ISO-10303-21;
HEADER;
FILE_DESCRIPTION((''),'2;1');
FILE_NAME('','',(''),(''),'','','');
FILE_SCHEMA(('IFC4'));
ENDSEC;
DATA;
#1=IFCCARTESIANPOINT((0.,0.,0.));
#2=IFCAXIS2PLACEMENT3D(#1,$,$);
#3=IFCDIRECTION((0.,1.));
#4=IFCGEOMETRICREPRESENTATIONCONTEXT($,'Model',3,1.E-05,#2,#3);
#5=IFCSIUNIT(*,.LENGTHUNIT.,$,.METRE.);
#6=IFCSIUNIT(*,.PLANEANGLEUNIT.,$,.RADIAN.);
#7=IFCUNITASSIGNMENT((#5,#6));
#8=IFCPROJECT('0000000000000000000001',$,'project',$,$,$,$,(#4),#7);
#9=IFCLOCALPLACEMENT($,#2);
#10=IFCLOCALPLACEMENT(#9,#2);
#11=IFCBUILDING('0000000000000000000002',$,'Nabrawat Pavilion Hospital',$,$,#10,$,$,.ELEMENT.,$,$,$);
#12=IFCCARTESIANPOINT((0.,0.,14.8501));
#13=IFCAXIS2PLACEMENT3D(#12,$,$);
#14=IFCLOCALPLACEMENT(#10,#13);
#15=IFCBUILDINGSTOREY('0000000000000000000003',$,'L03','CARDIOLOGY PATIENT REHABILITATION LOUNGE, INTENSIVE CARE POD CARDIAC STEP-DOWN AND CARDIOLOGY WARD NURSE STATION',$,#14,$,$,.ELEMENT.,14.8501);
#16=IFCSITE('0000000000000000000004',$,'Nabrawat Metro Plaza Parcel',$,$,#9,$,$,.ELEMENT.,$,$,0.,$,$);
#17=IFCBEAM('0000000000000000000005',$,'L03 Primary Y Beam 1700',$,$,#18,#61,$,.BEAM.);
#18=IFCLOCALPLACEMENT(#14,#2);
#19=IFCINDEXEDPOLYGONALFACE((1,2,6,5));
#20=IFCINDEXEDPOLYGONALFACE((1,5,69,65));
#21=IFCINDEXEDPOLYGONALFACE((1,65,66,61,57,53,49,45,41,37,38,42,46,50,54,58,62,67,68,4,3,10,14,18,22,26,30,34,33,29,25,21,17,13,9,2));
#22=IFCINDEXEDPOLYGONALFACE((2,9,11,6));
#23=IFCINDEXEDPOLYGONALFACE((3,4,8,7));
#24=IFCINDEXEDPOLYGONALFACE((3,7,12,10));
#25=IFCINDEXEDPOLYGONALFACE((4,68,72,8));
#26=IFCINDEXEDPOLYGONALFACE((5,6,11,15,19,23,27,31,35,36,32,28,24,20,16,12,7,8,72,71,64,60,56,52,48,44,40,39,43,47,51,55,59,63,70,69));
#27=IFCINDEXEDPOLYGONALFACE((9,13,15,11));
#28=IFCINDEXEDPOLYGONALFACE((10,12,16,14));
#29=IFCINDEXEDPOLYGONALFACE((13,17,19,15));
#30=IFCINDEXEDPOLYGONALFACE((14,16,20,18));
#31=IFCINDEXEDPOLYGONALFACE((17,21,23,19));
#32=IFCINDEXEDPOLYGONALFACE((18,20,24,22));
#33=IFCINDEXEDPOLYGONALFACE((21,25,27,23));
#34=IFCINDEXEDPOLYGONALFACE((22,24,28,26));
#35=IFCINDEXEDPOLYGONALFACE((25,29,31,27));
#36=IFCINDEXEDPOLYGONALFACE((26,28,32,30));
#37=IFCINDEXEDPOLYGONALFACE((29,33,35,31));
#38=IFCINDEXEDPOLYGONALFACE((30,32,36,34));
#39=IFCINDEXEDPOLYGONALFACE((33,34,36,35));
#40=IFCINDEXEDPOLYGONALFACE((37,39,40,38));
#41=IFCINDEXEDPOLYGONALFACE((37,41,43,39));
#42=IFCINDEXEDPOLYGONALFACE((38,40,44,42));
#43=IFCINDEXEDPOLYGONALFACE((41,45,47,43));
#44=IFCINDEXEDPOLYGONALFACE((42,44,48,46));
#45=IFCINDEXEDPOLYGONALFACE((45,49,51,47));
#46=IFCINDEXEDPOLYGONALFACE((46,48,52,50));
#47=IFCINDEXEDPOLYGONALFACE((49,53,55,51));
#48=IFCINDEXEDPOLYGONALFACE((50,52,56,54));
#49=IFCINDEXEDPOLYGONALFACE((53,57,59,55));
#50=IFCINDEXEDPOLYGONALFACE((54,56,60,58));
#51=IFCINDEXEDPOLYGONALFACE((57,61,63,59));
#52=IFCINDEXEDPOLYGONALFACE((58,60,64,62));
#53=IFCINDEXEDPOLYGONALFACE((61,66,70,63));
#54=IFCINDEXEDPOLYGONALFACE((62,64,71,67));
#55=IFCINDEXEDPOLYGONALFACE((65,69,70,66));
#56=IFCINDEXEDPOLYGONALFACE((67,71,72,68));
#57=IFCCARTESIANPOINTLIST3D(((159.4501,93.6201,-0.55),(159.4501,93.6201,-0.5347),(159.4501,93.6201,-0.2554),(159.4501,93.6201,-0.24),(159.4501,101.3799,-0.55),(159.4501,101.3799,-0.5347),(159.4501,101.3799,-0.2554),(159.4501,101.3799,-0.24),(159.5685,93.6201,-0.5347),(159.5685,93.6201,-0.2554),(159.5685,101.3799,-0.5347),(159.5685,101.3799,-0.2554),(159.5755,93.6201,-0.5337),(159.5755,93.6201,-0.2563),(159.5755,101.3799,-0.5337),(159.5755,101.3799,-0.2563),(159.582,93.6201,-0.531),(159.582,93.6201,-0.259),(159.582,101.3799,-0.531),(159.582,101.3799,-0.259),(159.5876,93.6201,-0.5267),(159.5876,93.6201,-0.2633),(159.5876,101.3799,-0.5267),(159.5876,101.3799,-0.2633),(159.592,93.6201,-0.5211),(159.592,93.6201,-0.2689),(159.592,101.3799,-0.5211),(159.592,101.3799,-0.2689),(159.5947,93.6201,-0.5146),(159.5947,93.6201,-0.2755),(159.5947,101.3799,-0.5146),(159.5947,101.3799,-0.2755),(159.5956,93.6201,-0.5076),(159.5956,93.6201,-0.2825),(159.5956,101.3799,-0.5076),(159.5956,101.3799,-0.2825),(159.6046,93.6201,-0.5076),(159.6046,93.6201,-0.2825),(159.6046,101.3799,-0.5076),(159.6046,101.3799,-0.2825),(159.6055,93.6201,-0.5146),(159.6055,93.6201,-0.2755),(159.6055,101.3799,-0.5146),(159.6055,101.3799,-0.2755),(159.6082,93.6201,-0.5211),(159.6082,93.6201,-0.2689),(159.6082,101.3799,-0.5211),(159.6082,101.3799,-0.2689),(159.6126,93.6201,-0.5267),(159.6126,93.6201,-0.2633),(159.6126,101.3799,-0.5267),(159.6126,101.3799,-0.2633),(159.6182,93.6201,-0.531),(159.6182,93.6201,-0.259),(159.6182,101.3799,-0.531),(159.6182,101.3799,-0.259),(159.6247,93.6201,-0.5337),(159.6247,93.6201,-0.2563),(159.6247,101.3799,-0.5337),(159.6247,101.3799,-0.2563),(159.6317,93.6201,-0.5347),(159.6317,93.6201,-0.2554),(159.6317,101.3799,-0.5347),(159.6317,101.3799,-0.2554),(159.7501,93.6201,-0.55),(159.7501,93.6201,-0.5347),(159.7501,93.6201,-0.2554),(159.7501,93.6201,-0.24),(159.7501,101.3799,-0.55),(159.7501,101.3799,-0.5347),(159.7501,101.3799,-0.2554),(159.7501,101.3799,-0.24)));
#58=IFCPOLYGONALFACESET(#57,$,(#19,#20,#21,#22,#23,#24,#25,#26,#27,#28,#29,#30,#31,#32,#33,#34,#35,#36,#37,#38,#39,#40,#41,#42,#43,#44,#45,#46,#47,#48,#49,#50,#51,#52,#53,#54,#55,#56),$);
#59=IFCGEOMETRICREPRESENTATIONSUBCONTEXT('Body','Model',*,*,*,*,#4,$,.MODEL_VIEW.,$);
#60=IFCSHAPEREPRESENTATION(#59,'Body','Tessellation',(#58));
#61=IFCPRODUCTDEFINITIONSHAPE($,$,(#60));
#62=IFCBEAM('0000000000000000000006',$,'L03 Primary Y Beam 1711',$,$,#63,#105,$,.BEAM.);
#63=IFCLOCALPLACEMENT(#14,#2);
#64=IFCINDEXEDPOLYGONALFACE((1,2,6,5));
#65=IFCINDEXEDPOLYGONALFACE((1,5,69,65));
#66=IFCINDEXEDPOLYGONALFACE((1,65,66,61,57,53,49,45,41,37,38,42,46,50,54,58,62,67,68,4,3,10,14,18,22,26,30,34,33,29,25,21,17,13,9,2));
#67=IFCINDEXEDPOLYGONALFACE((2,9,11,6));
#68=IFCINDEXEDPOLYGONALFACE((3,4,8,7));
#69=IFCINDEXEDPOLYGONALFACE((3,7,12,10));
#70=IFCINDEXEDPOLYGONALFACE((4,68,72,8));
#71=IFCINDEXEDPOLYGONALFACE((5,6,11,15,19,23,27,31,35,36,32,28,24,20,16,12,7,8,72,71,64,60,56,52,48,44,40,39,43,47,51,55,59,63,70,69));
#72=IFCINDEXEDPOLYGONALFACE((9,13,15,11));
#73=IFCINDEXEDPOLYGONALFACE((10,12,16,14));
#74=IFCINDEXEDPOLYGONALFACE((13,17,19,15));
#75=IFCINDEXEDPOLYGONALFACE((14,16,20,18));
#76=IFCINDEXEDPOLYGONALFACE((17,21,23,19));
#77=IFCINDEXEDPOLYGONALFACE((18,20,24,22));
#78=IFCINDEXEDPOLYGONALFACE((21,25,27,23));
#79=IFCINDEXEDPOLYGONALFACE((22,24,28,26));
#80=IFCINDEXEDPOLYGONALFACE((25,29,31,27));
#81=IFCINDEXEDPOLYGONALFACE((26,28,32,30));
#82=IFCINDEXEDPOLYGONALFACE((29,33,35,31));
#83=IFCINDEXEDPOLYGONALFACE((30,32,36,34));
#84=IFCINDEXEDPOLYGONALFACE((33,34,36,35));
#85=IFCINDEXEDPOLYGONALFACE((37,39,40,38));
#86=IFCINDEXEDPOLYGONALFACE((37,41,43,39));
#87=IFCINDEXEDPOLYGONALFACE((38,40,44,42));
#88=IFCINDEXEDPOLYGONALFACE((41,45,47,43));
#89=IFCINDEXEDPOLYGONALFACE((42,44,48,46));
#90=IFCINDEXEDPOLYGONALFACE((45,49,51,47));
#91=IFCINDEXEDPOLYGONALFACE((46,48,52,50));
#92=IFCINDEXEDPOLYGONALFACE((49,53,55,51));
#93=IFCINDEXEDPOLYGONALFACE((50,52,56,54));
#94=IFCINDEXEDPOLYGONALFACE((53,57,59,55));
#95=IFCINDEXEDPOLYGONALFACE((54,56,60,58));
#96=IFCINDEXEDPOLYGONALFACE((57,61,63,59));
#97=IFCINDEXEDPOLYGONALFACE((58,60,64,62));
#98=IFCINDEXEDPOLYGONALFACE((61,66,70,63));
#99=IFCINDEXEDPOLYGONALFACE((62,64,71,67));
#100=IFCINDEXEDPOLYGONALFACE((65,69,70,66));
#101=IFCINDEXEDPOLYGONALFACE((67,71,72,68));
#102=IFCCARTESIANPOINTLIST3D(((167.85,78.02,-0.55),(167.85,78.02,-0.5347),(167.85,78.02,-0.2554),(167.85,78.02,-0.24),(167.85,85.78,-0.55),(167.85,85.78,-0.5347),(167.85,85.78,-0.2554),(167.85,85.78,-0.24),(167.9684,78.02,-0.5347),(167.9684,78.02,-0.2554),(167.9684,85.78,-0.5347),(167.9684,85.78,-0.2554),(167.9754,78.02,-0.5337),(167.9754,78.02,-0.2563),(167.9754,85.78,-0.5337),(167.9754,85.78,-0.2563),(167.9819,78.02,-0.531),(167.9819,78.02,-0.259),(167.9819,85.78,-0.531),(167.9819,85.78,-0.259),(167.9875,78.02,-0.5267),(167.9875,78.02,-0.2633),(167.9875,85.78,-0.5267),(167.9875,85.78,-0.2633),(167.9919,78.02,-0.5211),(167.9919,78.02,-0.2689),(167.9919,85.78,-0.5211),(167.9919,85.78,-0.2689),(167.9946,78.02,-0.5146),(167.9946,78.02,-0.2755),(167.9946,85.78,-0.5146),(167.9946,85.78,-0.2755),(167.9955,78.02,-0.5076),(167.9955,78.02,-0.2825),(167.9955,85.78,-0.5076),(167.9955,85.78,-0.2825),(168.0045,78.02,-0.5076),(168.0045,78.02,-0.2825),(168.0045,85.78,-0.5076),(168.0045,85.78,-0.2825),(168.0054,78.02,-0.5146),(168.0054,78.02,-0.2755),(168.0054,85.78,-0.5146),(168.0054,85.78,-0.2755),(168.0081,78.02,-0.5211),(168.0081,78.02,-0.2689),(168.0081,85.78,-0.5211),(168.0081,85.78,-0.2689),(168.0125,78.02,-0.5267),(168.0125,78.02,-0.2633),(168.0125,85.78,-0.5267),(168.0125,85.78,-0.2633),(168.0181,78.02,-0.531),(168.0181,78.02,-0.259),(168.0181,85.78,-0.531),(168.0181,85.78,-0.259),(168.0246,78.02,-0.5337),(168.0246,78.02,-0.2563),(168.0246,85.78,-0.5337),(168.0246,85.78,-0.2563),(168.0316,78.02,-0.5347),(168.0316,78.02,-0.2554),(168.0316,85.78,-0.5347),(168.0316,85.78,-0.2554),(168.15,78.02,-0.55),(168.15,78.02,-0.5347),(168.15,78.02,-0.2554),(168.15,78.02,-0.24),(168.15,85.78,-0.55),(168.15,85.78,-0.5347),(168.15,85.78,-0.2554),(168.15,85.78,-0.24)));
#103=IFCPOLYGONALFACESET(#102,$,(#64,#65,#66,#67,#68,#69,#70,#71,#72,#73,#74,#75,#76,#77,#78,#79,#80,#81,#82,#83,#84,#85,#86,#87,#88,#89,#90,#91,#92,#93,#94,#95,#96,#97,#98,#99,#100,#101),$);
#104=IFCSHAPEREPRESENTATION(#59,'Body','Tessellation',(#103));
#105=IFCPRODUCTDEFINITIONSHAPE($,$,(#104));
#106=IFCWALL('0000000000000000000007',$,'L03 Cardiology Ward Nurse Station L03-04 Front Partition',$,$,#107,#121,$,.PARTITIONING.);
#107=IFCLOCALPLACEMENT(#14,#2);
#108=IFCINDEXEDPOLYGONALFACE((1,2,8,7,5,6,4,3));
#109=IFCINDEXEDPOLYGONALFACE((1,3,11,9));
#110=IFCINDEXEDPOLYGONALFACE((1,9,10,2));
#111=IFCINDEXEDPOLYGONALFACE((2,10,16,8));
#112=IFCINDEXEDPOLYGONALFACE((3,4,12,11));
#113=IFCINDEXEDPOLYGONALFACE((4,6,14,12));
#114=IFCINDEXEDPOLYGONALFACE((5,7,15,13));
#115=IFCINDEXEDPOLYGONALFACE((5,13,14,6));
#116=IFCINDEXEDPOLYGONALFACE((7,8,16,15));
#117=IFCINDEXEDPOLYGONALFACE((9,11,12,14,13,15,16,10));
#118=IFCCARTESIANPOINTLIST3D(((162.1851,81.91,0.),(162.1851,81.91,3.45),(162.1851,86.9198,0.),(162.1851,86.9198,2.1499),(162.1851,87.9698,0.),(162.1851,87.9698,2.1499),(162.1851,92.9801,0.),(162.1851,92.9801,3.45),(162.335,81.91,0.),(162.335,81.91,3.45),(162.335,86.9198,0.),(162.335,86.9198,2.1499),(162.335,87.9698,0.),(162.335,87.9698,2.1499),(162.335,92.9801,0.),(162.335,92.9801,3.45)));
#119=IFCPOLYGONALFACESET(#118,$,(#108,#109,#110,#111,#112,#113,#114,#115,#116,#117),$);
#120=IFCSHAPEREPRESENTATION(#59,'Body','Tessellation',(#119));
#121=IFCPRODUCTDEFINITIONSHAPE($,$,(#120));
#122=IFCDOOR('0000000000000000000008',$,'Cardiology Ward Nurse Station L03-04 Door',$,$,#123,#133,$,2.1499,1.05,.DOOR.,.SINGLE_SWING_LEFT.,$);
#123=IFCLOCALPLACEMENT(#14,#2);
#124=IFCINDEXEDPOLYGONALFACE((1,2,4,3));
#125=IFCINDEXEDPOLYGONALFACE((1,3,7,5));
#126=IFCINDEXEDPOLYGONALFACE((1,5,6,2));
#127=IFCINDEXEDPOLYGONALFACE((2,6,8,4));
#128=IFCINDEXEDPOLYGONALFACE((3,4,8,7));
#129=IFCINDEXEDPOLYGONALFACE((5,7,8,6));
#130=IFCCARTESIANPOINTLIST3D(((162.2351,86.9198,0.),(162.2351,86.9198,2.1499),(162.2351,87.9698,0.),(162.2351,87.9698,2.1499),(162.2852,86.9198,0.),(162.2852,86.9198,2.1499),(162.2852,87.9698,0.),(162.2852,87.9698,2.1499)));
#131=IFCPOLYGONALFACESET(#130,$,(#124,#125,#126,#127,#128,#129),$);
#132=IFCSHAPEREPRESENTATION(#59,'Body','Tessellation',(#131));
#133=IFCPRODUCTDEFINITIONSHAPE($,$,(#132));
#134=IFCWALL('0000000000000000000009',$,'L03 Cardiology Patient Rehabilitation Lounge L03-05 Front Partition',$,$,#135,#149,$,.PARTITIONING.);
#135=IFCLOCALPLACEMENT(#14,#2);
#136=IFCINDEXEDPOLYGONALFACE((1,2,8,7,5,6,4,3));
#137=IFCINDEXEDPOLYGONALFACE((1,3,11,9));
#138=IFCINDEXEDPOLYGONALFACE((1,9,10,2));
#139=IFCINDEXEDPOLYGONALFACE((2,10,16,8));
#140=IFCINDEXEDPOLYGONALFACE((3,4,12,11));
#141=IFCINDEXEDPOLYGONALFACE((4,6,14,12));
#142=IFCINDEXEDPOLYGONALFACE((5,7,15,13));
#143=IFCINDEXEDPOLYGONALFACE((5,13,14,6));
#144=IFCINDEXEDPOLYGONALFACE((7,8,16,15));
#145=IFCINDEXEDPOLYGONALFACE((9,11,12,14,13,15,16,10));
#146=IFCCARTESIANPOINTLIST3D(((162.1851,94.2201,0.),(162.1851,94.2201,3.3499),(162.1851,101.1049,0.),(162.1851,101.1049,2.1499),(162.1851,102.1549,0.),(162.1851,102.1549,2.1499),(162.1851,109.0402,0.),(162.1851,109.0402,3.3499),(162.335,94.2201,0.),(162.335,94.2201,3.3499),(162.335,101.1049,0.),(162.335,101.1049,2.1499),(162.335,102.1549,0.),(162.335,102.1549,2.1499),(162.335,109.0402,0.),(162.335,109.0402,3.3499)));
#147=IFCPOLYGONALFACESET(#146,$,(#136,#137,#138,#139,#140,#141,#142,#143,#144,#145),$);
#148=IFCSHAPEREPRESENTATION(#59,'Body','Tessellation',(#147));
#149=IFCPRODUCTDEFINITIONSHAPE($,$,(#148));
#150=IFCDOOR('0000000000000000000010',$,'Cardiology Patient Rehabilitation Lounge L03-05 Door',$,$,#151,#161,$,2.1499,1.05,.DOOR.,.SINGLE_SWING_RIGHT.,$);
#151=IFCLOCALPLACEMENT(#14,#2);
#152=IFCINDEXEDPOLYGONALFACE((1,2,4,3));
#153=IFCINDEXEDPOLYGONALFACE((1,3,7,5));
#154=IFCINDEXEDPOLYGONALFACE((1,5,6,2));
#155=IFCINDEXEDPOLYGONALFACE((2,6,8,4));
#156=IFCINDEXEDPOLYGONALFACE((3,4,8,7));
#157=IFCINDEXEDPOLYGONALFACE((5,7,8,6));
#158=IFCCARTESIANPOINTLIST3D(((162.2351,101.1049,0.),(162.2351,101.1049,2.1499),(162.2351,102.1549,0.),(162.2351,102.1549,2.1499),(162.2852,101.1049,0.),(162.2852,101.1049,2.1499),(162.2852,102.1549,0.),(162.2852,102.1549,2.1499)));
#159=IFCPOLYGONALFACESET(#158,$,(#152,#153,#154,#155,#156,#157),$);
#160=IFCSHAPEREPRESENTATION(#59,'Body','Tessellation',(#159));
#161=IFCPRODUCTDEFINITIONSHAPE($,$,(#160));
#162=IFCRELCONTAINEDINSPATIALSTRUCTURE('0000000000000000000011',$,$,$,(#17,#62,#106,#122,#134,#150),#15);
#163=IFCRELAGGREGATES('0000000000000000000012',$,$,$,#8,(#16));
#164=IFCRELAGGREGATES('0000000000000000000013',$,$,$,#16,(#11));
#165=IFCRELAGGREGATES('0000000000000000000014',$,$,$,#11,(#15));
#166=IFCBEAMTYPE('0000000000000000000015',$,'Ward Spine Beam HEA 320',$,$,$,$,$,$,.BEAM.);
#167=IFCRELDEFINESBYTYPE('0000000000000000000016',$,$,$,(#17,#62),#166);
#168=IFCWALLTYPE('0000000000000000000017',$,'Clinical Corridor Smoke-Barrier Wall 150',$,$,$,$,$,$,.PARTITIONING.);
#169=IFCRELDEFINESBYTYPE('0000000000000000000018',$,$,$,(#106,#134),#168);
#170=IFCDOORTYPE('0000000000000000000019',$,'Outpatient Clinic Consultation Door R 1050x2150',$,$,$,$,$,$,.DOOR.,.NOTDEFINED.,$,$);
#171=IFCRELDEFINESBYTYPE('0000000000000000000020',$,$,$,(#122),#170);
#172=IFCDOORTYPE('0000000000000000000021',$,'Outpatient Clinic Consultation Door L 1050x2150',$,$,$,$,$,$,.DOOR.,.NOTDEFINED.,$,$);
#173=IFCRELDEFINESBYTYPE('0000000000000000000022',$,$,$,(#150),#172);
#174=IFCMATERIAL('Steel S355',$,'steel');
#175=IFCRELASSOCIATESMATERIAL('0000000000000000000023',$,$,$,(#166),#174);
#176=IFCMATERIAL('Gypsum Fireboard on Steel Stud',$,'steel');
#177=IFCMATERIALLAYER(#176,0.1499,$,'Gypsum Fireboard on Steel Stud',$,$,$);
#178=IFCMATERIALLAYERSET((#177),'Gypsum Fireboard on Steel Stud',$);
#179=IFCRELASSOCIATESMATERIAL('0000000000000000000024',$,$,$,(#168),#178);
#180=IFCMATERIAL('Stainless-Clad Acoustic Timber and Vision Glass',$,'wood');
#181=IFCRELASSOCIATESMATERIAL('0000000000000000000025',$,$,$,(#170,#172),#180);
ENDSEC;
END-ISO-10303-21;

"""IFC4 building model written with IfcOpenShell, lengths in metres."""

from ifc_helpers import new_model, si_unit, direction, frame, frame_2d, origin, origin_2d, place, context, subcontext, project, spatial, rectangle, i_section, extrude, material, layer, layer_set, material_profile, profile_set, type_object, element, fill, save


model = new_model("IFC4")

# Units and contexts
model_context = context("Model", 3, precision=1e-05, world=origin(), true_north=direction((0.0, 1.0)))
body_context = subcontext(model_context, "Body", "Model", "MODEL_VIEW")
ifc_project = project(units=[si_unit("LENGTHUNIT", "METRE"), si_unit("PLANEANGLEUNIT", "RADIAN")], contexts=[model_context])

# Site, building, storey
site_placement = place(None, origin())
site = spatial("IfcSite", under=ifc_project, at=site_placement, Name="Nabrawat Metro Plaza Parcel", CompositionType="ELEMENT", RefElevation=0.0)
building_placement = place(site_placement, origin())
building = spatial("IfcBuilding", under=site, at=building_placement, Name="Nabrawat Pavilion Hospital", CompositionType="ELEMENT")
storey_placement = place(building_placement, frame((0.0, 0.0, 14.8501)))
storey = spatial("IfcBuildingStorey", under=building, at=storey_placement, Name="L03", Description="CARDIOLOGY PATIENT REHABILITATION LOUNGE, INTENSIVE CARE POD CARDIAC STEP-DOWN AND CARDIOLOGY WARD NURSE STATION", CompositionType="ELEMENT", Elevation=14.8501)

# Shared definitions
ifc_material_1 = material(Name="Steel S355", Category="steel")

# Beams
ifc_material_profile_1 = material_profile(ifc_material_1, i_section(OverallWidth=0.3, OverallDepth=0.3101, WebThickness=0.009, FlangeThickness=0.0154, FilletRadius=0.0271, at=origin_2d()), Name="HEA 320")
ifc_profile_set_1 = profile_set([ifc_material_profile_1], Name="Steel S355")
beam_type_1 = type_object("IfcBeamType", Name="Ward Spine Beam HEA 320", PredefinedType="BEAM", material=ifc_profile_set_1)
beam_1_placement = place(storey_placement, frame((159.6001, 93.6201, -0.395), z_axis=(0.0, 1.0, 0.0), x_axis=(-1.0, 0.0, 0.0)))
element("IfcBeam", 1, at=beam_1_placement, inside=storey, type_object=beam_type_1, Name="L03 Primary Y Beam 1700", PredefinedType="BEAM", context=body_context, shape_type="SweptSolid", body=[
    extrude(i_section(OverallWidth=0.3, OverallDepth=0.3101, WebThickness=0.009, FlangeThickness=0.0154, FilletRadius=0.0271, at=origin_2d()), origin(), (0.0, 0.0, 1.0), 7.7598),
])
beam_2_placement = place(storey_placement, frame((168.0, 78.02, -0.395), z_axis=(0.0, 1.0, 0.0), x_axis=(-1.0, 0.0, 0.0)))
element("IfcBeam", 2, at=beam_2_placement, inside=storey, type_object=beam_type_1, Name="L03 Primary Y Beam 1711", PredefinedType="BEAM", context=body_context, shape_type="SweptSolid", body=[
    extrude(i_section(OverallWidth=0.3, OverallDepth=0.3101, WebThickness=0.009, FlangeThickness=0.0154, FilletRadius=0.0271, at=origin_2d()), origin(), (0.0, 0.0, 1.0), 7.76),
])

# Walls, openings, doors
ifc_material_2 = material(Name="Gypsum Fireboard on Steel Stud", Category="steel")
ifc_layer_1 = layer(ifc_material_2, 0.1499, Name="Gypsum Fireboard on Steel Stud")
ifc_layer_set_1 = layer_set([ifc_layer_1], Name="Gypsum Fireboard on Steel Stud")
wall_type_1 = type_object("IfcWallType", Name="Clinical Corridor Smoke-Barrier Wall 150", PredefinedType="PARTITIONING", material=ifc_layer_set_1)
wall_1_placement = place(storey_placement, frame((162.26, 81.9099, 0.0), z_axis=(0.0, 0.0, 1.0), x_axis=(0.0, 1.0, 0.0)))
wall_1 = element("IfcWall", 3, at=wall_1_placement, inside=storey, type_object=wall_type_1, Name="L03 Cardiology Ward Nurse Station L03-04 Front Partition", PredefinedType="PARTITIONING", context=body_context, shape_type="SweptSolid", body=[
    extrude(rectangle(XDim=11.0701, YDim=0.1499, at=frame_2d((5.5352, 0.0))), origin(), (0.0, 0.0, 1.0), 3.45),
])
opening_1_placement = place(wall_1_placement, frame((5.01, 0.0, 0.0)))
opening_1 = element("IfcOpeningElement", 4, at=opening_1_placement, cuts=wall_1, PredefinedType="OPENING", context=body_context, shape_type="SweptSolid", body=[
    extrude(rectangle(XDim=1.05, YDim=2.1499, at=frame_2d((0.5249, 1.075))), frame((0.0, 0.085, 0.0), z_axis=(0.0, -1.0, 0.0), x_axis=(1.0, 0.0, 0.0)), (0.0, 0.0, 1.0), 0.1699),
])
ifc_material_3 = material(Name="Stainless-Clad Acoustic Timber and Vision Glass", Category="wood")
door_type_1 = type_object("IfcDoorType", Name="Outpatient Clinic Consultation Door R 1050x2150", OperationType="NOTDEFINED", PredefinedType="DOOR", material=ifc_material_3)
door_1_placement = place(opening_1_placement, origin())
door_1 = element("IfcDoor", 5, at=door_1_placement, inside=storey, type_object=door_type_1, Name="Cardiology Ward Nurse Station L03-04 Door", OperationType="SINGLE_SWING_LEFT", OverallHeight=2.1499, OverallWidth=1.05, PredefinedType="DOOR", context=body_context, shape_type="SweptSolid", body=[
    extrude(rectangle(XDim=1.05, YDim=2.1499, at=frame_2d((0.5249, 1.075))), frame((0.0, 0.0249, 0.0), z_axis=(0.0, -1.0, 0.0), x_axis=(1.0, 0.0, 0.0)), (0.0, 0.0, 1.0), 0.05),
])
fill(opening_1, door_1)
wall_2_placement = place(storey_placement, frame((162.26, 94.22, 0.0), z_axis=(0.0, 0.0, 1.0), x_axis=(0.0, 1.0, 0.0)))
wall_2 = element("IfcWall", 6, at=wall_2_placement, inside=storey, type_object=wall_type_1, Name="L03 Cardiology Patient Rehabilitation Lounge L03-05 Front Partition", PredefinedType="PARTITIONING", context=body_context, shape_type="SweptSolid", body=[
    extrude(rectangle(XDim=14.8201, YDim=0.1499, at=frame_2d((7.4102, 0.0))), origin(), (0.0, 0.0, 1.0), 3.3499),
])
opening_2_placement = place(wall_2_placement, frame((6.885, 0.0, 0.0)))
opening_2 = element("IfcOpeningElement", 7, at=opening_2_placement, cuts=wall_2, PredefinedType="OPENING", context=body_context, shape_type="SweptSolid", body=[
    extrude(rectangle(XDim=1.05, YDim=2.1499, at=frame_2d((0.5249, 1.075))), frame((0.0, 0.085, 0.0), z_axis=(0.0, -1.0, 0.0), x_axis=(1.0, 0.0, 0.0)), (0.0, 0.0, 1.0), 0.1699),
])
door_type_2 = type_object("IfcDoorType", Name="Outpatient Clinic Consultation Door L 1050x2150", OperationType="NOTDEFINED", PredefinedType="DOOR", material=ifc_material_3)
door_2_placement = place(opening_2_placement, origin())
door_2 = element("IfcDoor", 8, at=door_2_placement, inside=storey, type_object=door_type_2, Name="Cardiology Patient Rehabilitation Lounge L03-05 Door", OperationType="SINGLE_SWING_RIGHT", OverallHeight=2.1499, OverallWidth=1.05, PredefinedType="DOOR", context=body_context, shape_type="SweptSolid", body=[
    extrude(rectangle(XDim=1.05, YDim=2.1499, at=frame_2d((0.5249, 1.075))), frame((0.0, 0.0249, 0.0), z_axis=(0.0, -1.0, 0.0), x_axis=(1.0, 0.0, 0.0)), (0.0, 0.0, 1.0), 0.05),
])
fill(opening_2, door_2)

save(model, "model.ifc")
